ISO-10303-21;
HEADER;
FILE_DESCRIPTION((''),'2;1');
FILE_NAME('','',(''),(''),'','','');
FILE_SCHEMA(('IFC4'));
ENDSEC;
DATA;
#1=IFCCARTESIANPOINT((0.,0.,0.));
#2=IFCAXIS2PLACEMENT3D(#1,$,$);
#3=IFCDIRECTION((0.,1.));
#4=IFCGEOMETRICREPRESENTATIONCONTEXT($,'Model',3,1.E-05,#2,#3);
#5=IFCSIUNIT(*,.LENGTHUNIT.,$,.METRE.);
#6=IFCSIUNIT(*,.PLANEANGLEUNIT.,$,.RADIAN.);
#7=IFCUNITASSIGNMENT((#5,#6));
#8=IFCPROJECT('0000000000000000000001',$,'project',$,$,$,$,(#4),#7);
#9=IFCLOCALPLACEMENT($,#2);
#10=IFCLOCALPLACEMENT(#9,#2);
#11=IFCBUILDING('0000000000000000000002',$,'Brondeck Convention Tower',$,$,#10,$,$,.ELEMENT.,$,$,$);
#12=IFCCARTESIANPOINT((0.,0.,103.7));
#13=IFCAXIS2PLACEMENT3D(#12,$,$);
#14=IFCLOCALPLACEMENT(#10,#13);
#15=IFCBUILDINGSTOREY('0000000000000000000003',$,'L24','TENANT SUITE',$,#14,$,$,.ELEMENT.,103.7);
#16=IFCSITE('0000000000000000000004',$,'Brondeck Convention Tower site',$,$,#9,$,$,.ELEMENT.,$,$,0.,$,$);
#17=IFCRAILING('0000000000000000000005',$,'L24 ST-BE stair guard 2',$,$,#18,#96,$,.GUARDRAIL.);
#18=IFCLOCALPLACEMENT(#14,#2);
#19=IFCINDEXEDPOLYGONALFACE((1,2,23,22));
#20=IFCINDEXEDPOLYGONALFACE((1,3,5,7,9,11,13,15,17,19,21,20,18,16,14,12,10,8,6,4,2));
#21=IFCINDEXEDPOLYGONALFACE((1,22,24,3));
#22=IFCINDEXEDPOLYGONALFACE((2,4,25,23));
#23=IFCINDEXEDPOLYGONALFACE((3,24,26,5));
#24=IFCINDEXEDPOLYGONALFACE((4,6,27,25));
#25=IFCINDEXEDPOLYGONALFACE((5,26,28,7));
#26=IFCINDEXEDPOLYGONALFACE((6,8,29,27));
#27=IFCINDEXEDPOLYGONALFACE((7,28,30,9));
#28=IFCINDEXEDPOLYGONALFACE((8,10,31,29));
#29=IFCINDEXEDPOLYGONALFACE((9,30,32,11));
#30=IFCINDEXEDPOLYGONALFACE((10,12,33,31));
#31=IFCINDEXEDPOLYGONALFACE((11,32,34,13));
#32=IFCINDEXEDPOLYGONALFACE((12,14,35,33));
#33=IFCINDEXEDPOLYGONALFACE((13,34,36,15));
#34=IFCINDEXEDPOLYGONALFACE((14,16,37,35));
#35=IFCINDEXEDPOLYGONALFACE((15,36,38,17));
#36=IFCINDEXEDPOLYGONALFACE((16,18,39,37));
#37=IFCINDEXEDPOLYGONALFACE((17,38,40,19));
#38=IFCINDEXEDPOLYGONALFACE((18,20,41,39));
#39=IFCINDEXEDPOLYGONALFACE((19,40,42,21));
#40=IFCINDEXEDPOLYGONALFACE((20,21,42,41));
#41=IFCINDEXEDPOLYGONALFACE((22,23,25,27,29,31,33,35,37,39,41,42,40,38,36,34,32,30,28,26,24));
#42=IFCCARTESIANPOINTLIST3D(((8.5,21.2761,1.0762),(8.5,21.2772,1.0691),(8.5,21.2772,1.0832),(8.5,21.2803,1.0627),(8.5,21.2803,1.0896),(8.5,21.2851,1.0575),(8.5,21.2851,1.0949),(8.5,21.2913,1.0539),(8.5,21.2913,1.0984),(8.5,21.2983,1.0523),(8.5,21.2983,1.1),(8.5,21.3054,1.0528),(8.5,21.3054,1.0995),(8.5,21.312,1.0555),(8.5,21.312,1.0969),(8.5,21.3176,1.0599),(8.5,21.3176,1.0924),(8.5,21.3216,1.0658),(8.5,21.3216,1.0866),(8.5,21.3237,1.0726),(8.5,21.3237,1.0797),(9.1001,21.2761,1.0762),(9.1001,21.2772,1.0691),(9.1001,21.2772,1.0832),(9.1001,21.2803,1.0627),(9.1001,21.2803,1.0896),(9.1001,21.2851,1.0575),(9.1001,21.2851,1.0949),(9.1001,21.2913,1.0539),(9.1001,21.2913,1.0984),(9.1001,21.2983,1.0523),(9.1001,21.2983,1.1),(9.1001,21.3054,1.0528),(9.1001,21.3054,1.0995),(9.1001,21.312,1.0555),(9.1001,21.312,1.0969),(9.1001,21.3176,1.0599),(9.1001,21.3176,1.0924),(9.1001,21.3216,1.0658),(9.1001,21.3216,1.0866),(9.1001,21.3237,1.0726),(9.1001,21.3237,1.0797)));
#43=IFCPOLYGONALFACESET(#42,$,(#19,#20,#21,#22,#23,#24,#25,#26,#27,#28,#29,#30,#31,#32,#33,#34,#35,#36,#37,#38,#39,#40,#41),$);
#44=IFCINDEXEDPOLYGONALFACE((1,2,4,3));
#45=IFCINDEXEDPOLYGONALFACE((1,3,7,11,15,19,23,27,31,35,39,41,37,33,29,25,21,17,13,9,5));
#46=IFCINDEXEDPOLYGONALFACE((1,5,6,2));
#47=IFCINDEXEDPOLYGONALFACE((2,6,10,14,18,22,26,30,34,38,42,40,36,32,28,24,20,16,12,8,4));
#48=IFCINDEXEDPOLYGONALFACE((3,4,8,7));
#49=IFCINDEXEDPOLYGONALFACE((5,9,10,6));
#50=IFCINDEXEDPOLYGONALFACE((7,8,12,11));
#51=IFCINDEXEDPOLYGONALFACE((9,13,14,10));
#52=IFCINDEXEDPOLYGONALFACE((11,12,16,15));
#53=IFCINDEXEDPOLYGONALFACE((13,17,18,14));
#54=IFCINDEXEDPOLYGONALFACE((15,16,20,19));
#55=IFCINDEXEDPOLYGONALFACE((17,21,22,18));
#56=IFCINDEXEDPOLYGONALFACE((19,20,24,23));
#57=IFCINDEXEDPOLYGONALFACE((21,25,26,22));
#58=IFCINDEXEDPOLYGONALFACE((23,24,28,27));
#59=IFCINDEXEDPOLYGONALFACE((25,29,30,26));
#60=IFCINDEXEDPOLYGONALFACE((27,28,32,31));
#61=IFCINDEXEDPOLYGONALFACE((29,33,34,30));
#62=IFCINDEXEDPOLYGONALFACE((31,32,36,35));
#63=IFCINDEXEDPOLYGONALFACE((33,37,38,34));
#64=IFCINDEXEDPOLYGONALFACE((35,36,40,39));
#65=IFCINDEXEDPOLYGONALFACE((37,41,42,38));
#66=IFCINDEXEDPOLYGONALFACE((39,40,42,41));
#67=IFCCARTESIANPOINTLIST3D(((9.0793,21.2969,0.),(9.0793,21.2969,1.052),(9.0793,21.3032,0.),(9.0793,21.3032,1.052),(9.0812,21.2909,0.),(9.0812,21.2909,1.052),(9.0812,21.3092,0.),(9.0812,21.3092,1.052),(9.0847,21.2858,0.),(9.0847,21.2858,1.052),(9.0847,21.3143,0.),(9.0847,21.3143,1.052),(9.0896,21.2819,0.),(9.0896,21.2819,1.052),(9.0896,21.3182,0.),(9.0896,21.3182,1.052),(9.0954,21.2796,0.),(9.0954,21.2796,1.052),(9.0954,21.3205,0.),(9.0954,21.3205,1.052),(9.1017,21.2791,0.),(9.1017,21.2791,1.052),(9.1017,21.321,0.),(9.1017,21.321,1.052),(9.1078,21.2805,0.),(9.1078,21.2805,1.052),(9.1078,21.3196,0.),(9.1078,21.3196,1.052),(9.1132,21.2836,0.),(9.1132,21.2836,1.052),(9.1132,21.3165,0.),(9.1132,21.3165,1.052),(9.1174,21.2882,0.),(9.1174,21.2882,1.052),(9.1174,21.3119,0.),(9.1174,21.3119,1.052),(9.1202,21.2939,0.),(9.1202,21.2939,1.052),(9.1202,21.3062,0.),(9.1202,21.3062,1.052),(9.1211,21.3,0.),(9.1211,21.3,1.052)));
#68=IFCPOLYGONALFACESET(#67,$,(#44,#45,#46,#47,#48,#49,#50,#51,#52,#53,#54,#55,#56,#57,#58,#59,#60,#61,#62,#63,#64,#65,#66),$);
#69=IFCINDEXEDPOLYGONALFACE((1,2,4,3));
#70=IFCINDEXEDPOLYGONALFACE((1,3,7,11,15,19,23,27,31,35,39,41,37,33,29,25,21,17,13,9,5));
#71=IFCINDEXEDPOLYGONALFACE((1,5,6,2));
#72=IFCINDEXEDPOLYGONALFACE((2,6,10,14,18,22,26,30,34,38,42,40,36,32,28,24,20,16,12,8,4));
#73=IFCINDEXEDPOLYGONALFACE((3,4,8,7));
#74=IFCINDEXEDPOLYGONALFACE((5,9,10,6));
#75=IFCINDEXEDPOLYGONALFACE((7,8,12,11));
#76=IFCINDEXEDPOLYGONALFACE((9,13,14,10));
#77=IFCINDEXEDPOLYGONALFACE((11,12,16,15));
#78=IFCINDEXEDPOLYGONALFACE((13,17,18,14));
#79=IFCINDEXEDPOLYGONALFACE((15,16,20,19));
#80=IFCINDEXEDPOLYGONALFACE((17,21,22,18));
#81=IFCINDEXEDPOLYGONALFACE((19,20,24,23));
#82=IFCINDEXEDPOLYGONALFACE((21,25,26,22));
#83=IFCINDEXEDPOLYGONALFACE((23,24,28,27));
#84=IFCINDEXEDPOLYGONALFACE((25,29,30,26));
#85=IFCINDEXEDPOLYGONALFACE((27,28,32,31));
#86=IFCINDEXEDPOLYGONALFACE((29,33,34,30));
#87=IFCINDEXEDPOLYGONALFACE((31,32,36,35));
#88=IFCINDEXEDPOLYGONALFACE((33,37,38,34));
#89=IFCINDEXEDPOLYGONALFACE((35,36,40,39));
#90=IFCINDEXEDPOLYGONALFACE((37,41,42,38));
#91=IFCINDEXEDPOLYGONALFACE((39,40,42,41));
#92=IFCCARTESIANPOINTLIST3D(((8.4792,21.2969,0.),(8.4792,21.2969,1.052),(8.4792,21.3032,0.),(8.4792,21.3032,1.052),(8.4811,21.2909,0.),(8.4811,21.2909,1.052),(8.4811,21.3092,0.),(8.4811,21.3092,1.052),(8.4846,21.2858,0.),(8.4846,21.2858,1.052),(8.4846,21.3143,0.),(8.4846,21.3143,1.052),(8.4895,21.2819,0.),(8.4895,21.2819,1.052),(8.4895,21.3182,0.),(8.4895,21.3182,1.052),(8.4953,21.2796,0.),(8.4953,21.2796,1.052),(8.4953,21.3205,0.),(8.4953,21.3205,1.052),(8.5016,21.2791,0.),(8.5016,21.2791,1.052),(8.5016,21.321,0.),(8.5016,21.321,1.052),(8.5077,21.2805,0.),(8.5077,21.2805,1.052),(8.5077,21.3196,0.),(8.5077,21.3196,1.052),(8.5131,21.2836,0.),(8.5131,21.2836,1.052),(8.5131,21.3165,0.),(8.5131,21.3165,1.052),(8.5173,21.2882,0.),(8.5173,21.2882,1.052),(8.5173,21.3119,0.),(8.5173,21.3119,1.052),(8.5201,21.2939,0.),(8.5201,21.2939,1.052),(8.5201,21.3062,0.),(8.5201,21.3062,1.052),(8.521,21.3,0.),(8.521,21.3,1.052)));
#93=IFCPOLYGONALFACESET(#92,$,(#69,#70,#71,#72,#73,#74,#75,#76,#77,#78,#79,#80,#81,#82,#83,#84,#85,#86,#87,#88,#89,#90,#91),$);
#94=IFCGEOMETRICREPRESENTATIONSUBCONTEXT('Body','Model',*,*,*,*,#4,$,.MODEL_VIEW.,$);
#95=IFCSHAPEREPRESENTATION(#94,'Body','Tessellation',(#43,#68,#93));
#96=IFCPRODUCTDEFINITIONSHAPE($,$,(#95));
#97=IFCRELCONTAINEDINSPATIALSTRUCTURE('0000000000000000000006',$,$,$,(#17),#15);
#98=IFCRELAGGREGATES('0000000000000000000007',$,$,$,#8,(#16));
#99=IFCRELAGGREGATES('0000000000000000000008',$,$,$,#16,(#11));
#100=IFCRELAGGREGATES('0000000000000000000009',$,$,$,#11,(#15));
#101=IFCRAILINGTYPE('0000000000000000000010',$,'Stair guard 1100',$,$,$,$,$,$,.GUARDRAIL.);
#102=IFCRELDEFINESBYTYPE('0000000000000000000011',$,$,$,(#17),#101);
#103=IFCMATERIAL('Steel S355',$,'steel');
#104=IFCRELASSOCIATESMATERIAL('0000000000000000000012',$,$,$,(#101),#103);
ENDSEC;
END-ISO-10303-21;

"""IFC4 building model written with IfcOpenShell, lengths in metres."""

from ifc_helpers import new_model, si_unit, direction, frame, origin, origin_2d, place, context, subcontext, project, spatial, circle, extrude, material, type_object, element, save


model = new_model("IFC4")

# Units and contexts
model_context = context("Model", 3, precision=1e-05, world=origin(), true_north=direction((0.0, 1.0)))
body_context = subcontext(model_context, "Body", "Model", "MODEL_VIEW")
ifc_project = project(units=[si_unit("LENGTHUNIT", "METRE"), si_unit("PLANEANGLEUNIT", "RADIAN")], contexts=[model_context])

# Site, building, storey
site_placement = place(None, origin())
site = spatial("IfcSite", under=ifc_project, at=site_placement, Name="Brondeck Convention Tower site", CompositionType="ELEMENT", RefElevation=0.0)
building_placement = place(site_placement, origin())
building = spatial("IfcBuilding", under=site, at=building_placement, Name="Brondeck Convention Tower", CompositionType="ELEMENT")
storey_placement = place(building_placement, frame((0.0, 0.0, 103.7)))
storey = spatial("IfcBuildingStorey", under=building, at=storey_placement, Name="L24", Description="TENANT SUITE", CompositionType="ELEMENT", Elevation=103.7)

# Shared definitions
ifc_material_1 = material(Name="Steel S355", Category="steel")

# Railing
railing_type_1 = type_object("IfcRailingType", Name="Stair guard 1100", PredefinedType="GUARDRAIL", material=ifc_material_1)
railing_1_placement = place(storey_placement, frame((9.1001, 21.3, 0.0)))
element("IfcRailing", 1, at=railing_1_placement, inside=storey, type_object=railing_type_1, Name="L24 ST-BE stair guard 2", PredefinedType="GUARDRAIL", context=body_context, shape_type="SweptSolid", body=[
    extrude(circle(Radius=0.0239, at=origin_2d()), frame((0.0, 0.0, 1.0762), z_axis=(-1.0, 0.0, 0.0), x_axis=(0.0, -1.0, 0.0)), (0.0, 0.0, 1.0), 0.6001),
    extrude(circle(Radius=0.021, at=origin_2d()), origin(), (0.0, 0.0, 1.0), 1.052),
    extrude(circle(Radius=0.021, at=origin_2d()), frame((-0.6001, 0.0, 0.0)), (0.0, 0.0, 1.0), 1.052),
])

save(model, "model.ifc")
